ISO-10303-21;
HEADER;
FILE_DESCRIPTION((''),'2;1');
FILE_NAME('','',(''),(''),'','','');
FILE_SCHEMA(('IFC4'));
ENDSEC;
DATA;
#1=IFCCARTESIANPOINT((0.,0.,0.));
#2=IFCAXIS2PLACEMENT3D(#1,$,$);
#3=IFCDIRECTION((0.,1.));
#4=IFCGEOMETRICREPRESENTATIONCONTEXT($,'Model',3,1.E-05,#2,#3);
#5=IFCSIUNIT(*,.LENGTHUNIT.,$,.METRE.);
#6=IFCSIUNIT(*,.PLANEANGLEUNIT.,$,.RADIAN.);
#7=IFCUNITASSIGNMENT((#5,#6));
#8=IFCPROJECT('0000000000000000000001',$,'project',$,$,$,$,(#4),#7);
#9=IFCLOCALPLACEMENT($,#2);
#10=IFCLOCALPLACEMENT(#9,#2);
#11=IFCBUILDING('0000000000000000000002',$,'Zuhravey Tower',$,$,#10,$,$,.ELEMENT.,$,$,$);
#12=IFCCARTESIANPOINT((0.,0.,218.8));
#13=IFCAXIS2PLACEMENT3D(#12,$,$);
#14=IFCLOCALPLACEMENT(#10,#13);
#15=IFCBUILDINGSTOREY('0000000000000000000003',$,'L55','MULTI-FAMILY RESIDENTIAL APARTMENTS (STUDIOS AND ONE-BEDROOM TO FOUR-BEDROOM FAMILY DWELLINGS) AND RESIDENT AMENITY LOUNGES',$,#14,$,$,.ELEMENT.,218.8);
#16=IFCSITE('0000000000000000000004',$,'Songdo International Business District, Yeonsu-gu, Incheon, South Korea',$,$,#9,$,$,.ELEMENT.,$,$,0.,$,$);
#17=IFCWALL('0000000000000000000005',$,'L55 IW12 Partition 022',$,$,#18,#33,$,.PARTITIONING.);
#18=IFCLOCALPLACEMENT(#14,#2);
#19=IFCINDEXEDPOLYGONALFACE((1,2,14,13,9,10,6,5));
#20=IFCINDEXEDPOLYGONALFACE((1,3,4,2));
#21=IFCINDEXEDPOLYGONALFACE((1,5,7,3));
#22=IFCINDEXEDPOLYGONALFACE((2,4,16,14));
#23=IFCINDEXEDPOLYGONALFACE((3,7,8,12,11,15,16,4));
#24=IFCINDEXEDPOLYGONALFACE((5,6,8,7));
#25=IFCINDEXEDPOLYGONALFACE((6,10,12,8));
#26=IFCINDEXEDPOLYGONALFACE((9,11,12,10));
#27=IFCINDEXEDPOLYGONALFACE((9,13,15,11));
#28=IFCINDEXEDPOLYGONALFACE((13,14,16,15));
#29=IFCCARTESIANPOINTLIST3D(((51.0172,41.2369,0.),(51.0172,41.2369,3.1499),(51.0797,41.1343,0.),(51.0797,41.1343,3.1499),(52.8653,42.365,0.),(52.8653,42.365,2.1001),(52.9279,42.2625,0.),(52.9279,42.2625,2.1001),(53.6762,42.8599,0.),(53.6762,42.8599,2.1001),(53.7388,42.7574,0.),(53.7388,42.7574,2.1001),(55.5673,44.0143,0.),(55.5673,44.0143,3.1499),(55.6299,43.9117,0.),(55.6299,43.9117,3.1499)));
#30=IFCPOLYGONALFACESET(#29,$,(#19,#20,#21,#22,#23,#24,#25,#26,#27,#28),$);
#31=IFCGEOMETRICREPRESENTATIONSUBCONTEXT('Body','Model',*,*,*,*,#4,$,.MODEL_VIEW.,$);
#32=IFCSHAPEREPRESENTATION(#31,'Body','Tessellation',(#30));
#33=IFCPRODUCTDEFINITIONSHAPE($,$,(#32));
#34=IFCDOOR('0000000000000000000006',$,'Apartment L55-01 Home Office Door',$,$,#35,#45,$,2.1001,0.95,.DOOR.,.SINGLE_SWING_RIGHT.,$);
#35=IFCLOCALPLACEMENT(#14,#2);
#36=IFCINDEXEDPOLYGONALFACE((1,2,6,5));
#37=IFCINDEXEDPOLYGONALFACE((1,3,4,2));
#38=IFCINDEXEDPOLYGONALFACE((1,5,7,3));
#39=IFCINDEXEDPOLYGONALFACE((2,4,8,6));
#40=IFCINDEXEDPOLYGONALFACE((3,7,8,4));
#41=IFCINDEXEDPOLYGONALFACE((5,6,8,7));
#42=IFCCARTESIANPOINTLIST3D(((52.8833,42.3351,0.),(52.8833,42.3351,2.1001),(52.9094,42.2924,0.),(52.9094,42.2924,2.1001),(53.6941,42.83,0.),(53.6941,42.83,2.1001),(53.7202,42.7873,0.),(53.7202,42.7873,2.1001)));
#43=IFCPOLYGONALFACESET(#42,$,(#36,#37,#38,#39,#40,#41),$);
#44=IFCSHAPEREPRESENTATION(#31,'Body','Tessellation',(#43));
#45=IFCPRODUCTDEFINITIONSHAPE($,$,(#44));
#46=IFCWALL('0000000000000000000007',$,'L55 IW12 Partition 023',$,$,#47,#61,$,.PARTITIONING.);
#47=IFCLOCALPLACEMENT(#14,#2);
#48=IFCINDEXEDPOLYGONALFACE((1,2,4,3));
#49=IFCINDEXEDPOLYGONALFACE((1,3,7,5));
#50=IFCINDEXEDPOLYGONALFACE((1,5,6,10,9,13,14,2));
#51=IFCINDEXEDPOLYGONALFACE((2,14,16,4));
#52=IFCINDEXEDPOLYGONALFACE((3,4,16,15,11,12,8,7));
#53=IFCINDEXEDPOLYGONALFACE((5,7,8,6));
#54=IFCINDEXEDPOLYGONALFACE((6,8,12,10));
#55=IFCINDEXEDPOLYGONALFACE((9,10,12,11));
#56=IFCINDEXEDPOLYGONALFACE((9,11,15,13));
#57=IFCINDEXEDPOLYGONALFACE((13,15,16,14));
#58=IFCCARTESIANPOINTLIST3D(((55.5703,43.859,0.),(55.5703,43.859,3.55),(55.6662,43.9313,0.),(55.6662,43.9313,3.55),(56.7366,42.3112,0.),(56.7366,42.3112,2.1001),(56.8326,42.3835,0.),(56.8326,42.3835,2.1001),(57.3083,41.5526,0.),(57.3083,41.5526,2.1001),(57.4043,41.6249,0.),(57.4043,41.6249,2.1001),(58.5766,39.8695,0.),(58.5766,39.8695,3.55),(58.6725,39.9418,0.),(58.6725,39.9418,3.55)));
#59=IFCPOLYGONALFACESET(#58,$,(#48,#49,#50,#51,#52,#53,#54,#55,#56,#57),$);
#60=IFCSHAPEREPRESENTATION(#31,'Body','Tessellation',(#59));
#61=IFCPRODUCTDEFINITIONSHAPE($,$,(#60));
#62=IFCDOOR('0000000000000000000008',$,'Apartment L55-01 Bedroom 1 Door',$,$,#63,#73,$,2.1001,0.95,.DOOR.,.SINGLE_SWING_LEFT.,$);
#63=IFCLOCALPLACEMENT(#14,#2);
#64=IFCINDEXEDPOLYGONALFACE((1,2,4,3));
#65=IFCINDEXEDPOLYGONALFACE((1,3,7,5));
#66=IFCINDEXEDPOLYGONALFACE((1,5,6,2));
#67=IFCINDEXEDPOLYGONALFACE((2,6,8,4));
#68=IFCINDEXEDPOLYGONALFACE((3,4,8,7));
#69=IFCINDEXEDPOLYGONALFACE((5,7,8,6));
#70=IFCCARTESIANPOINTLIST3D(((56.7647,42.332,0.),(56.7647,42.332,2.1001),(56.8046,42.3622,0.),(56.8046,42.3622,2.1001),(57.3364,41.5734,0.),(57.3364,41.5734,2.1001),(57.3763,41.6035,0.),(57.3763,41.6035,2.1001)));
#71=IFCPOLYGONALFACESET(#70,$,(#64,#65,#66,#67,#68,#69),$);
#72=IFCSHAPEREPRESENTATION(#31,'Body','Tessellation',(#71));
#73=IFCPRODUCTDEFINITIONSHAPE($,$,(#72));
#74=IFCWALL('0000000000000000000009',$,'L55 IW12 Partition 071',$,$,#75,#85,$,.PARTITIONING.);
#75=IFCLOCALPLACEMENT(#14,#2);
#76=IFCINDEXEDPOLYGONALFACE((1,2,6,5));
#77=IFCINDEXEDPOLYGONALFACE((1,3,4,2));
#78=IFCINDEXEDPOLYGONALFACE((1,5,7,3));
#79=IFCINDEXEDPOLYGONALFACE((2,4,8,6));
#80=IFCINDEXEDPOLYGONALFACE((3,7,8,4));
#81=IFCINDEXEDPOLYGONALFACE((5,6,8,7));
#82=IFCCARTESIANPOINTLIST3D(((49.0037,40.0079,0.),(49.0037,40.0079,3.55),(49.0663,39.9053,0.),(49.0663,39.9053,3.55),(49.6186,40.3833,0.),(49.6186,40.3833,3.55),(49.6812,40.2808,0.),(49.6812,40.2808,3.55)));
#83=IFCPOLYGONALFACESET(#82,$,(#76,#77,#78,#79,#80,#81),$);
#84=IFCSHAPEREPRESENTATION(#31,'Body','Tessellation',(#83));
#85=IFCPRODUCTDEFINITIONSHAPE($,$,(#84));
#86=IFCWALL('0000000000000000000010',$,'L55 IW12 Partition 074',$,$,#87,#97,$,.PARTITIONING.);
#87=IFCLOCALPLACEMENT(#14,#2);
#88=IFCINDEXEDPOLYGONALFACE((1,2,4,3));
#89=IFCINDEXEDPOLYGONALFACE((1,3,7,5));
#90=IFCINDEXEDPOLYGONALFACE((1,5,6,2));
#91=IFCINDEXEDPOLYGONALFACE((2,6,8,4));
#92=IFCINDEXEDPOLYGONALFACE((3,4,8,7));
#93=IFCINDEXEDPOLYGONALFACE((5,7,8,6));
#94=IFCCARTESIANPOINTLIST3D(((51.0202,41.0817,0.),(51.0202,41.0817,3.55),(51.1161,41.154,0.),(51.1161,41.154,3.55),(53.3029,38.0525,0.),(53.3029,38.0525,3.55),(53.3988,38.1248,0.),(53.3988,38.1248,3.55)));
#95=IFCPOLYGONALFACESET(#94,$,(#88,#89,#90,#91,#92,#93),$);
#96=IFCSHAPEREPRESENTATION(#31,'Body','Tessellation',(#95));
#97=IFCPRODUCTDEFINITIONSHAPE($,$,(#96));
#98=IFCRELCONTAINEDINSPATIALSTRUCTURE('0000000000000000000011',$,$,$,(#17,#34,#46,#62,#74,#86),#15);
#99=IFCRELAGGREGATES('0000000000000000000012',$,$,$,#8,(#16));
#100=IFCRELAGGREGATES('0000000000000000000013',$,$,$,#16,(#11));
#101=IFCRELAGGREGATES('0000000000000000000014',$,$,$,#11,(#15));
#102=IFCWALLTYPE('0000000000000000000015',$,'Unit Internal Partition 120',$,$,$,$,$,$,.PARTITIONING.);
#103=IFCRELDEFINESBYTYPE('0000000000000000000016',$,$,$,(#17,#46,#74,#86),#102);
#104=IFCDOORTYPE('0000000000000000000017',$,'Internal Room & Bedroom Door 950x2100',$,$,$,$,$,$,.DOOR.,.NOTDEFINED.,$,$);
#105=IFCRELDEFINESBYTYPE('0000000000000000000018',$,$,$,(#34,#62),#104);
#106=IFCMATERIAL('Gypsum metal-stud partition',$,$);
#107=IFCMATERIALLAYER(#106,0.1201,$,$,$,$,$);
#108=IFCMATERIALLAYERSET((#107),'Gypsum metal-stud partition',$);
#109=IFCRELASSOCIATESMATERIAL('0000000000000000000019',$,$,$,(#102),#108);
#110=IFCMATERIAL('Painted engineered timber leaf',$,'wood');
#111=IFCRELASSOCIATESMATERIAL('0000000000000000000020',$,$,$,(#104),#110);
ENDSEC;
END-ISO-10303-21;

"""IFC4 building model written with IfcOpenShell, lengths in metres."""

from ifc_helpers import new_model, si_unit, direction, frame, frame_2d, origin, place, context, subcontext, project, spatial, rectangle, extrude, material, layer, layer_set, type_object, element, fill, save


model = new_model("IFC4")

# Units and contexts
model_context = context("Model", 3, precision=1e-05, world=origin(), true_north=direction((0.0, 1.0)))
body_context = subcontext(model_context, "Body", "Model", "MODEL_VIEW")
ifc_project = project(units=[si_unit("LENGTHUNIT", "METRE"), si_unit("PLANEANGLEUNIT", "RADIAN")], contexts=[model_context])

# Site, building, storey
site_placement = place(None, origin())
site = spatial("IfcSite", under=ifc_project, at=site_placement, Name="Songdo International Business District, Yeonsu-gu, Incheon, South Korea", CompositionType="ELEMENT", RefElevation=0.0)
building_placement = place(site_placement, origin())
building = spatial("IfcBuilding", under=site, at=building_placement, Name="Zuhravey Tower", CompositionType="ELEMENT")
storey_placement = place(building_placement, frame((0.0, 0.0, 218.8)))
storey = spatial("IfcBuildingStorey", under=building, at=storey_placement, Name="L55", Description="MULTI-FAMILY RESIDENTIAL APARTMENTS (STUDIOS AND ONE-BEDROOM TO FOUR-BEDROOM FAMILY DWELLINGS) AND RESIDENT AMENITY LOUNGES", CompositionType="ELEMENT", Elevation=218.8)

# Walls, openings, doors
ifc_material_1 = material(Name="Gypsum metal-stud partition")
ifc_layer_1 = layer(ifc_material_1, 0.1201)
ifc_layer_set_1 = layer_set([ifc_layer_1], Name="Gypsum metal-stud partition")
wall_type_1 = type_object("IfcWallType", Name="Unit Internal Partition 120", PredefinedType="PARTITIONING", material=ifc_layer_set_1)
wall_1_placement = place(storey_placement, frame((51.0483, 41.1855, 0.0), z_axis=(0.0, 0.0, 1.0), x_axis=(0.853552, 0.521007, 0.0)))
wall_1 = element("IfcWall", 1, at=wall_1_placement, inside=storey, type_object=wall_type_1, Name="L55 IW12 Partition 022", PredefinedType="PARTITIONING", context=body_context, shape_type="SweptSolid", body=[
    extrude(rectangle(XDim=5.3308, YDim=0.1201, at=frame_2d((2.6655, 0.0))), origin(), (0.0, 0.0, 1.0), 3.1499),
])
opening_1_placement = place(wall_1_placement, frame((2.1653, 0.0, 0.0)))
opening_1 = element("IfcOpeningElement", 2, at=opening_1_placement, cuts=wall_1, PredefinedType="OPENING", context=body_context, shape_type="SweptSolid", body=[
    extrude(rectangle(XDim=0.95, YDim=2.1001, at=frame_2d((0.4751, 1.05))), frame((0.0, 0.072, 0.0), z_axis=(0.0, -1.0, 0.0), x_axis=(1.0, 0.0, 0.0)), (0.0, 0.0, 1.0), 0.144),
])
ifc_material_2 = material(Name="Painted engineered timber leaf", Category="wood")
door_type_1 = type_object("IfcDoorType", Name="Internal Room & Bedroom Door 950x2100", OperationType="NOTDEFINED", PredefinedType="DOOR", material=ifc_material_2)
door_1_placement = place(opening_1_placement, frame((0.95, 0.0, 0.0), z_axis=(0.0, 0.0, 1.0), x_axis=(-1.0, 0.0, 0.0)))
door_1 = element("IfcDoor", 3, at=door_1_placement, inside=storey, type_object=door_type_1, Name="Apartment L55-01 Home Office Door", OperationType="SINGLE_SWING_RIGHT", OverallHeight=2.1001, OverallWidth=0.95, PredefinedType="DOOR", context=body_context, shape_type="SweptSolid", body=[
    extrude(rectangle(XDim=0.95, YDim=2.1001, at=frame_2d((0.4751, 1.05))), frame((0.0, 0.0249, 0.0), z_axis=(0.0, -1.0, 0.0), x_axis=(1.0, 0.0, 0.0)), (0.0, 0.0, 1.0), 0.05),
])
fill(opening_1, door_1)
wall_2_placement = place(storey_placement, frame((58.6245, 39.9058, 0.0), z_axis=(0.0, 0.0, 1.0), x_axis=(-0.60182, 0.798631, 0.0)))
wall_2 = element("IfcWall", 4, at=wall_2_placement, inside=storey, type_object=wall_type_1, Name="L55 IW12 Partition 023", PredefinedType="PARTITIONING", context=body_context, shape_type="SweptSolid", body=[
    extrude(rectangle(XDim=4.9954, YDim=0.1201, at=frame_2d((2.4976, 0.0))), origin(), (0.0, 0.0, 1.0), 3.55),
])
opening_2_placement = place(wall_2_placement, frame((2.1072, 0.0, 0.0)))
opening_2 = element("IfcOpeningElement", 5, at=opening_2_placement, cuts=wall_2, PredefinedType="OPENING", context=body_context, shape_type="SweptSolid", body=[
    extrude(rectangle(XDim=0.95, YDim=2.1001, at=frame_2d((0.4751, 1.05))), frame((0.0, 0.072, 0.0), z_axis=(0.0, -1.0, 0.0), x_axis=(1.0, 0.0, 0.0)), (0.0, 0.0, 1.0), 0.144),
])
door_2_placement = place(opening_2_placement, frame((0.95, 0.0, 0.0), z_axis=(0.0, 0.0, 1.0), x_axis=(-1.0, 0.0, 0.0)))
door_2 = element("IfcDoor", 6, at=door_2_placement, inside=storey, type_object=door_type_1, Name="Apartment L55-01 Bedroom 1 Door", OperationType="SINGLE_SWING_LEFT", OverallHeight=2.1001, OverallWidth=0.95, PredefinedType="DOOR", context=body_context, shape_type="SweptSolid", body=[
    extrude(rectangle(XDim=0.95, YDim=2.1001, at=frame_2d((0.4751, 1.05))), frame((0.0, 0.0249, 0.0), z_axis=(0.0, -1.0, 0.0), x_axis=(1.0, 0.0, 0.0)), (0.0, 0.0, 1.0), 0.05),
])
fill(opening_2, door_2)

# Walls
wall_3_placement = place(storey_placement, frame((49.0349, 39.9565, 0.0), z_axis=(0.0, 0.0, 1.0), x_axis=(0.853491, 0.521107, 0.0)))
element("IfcWall", 7, at=wall_3_placement, inside=storey, type_object=wall_type_1, Name="L55 IW12 Partition 071", PredefinedType="PARTITIONING", context=body_context, shape_type="SweptSolid", body=[
    extrude(rectangle(XDim=0.7205, YDim=0.1201, at=frame_2d((0.3604, 0.0))), origin(), (0.0, 0.0, 1.0), 3.55),
])
wall_4_placement = place(storey_placement, frame((53.3508, 38.0886, 0.0), z_axis=(0.0, 0.0, 1.0), x_axis=(-0.601811, 0.798639, 0.0)))
element("IfcWall", 8, at=wall_4_placement, inside=storey, type_object=wall_type_1, Name="L55 IW12 Partition 074", PredefinedType="PARTITIONING", context=body_context, shape_type="SweptSolid", body=[
    extrude(rectangle(XDim=3.793, YDim=0.1201, at=frame_2d((1.8965, 0.0))), origin(), (0.0, 0.0, 1.0), 3.55),
])

save(model, "model.ifc")
